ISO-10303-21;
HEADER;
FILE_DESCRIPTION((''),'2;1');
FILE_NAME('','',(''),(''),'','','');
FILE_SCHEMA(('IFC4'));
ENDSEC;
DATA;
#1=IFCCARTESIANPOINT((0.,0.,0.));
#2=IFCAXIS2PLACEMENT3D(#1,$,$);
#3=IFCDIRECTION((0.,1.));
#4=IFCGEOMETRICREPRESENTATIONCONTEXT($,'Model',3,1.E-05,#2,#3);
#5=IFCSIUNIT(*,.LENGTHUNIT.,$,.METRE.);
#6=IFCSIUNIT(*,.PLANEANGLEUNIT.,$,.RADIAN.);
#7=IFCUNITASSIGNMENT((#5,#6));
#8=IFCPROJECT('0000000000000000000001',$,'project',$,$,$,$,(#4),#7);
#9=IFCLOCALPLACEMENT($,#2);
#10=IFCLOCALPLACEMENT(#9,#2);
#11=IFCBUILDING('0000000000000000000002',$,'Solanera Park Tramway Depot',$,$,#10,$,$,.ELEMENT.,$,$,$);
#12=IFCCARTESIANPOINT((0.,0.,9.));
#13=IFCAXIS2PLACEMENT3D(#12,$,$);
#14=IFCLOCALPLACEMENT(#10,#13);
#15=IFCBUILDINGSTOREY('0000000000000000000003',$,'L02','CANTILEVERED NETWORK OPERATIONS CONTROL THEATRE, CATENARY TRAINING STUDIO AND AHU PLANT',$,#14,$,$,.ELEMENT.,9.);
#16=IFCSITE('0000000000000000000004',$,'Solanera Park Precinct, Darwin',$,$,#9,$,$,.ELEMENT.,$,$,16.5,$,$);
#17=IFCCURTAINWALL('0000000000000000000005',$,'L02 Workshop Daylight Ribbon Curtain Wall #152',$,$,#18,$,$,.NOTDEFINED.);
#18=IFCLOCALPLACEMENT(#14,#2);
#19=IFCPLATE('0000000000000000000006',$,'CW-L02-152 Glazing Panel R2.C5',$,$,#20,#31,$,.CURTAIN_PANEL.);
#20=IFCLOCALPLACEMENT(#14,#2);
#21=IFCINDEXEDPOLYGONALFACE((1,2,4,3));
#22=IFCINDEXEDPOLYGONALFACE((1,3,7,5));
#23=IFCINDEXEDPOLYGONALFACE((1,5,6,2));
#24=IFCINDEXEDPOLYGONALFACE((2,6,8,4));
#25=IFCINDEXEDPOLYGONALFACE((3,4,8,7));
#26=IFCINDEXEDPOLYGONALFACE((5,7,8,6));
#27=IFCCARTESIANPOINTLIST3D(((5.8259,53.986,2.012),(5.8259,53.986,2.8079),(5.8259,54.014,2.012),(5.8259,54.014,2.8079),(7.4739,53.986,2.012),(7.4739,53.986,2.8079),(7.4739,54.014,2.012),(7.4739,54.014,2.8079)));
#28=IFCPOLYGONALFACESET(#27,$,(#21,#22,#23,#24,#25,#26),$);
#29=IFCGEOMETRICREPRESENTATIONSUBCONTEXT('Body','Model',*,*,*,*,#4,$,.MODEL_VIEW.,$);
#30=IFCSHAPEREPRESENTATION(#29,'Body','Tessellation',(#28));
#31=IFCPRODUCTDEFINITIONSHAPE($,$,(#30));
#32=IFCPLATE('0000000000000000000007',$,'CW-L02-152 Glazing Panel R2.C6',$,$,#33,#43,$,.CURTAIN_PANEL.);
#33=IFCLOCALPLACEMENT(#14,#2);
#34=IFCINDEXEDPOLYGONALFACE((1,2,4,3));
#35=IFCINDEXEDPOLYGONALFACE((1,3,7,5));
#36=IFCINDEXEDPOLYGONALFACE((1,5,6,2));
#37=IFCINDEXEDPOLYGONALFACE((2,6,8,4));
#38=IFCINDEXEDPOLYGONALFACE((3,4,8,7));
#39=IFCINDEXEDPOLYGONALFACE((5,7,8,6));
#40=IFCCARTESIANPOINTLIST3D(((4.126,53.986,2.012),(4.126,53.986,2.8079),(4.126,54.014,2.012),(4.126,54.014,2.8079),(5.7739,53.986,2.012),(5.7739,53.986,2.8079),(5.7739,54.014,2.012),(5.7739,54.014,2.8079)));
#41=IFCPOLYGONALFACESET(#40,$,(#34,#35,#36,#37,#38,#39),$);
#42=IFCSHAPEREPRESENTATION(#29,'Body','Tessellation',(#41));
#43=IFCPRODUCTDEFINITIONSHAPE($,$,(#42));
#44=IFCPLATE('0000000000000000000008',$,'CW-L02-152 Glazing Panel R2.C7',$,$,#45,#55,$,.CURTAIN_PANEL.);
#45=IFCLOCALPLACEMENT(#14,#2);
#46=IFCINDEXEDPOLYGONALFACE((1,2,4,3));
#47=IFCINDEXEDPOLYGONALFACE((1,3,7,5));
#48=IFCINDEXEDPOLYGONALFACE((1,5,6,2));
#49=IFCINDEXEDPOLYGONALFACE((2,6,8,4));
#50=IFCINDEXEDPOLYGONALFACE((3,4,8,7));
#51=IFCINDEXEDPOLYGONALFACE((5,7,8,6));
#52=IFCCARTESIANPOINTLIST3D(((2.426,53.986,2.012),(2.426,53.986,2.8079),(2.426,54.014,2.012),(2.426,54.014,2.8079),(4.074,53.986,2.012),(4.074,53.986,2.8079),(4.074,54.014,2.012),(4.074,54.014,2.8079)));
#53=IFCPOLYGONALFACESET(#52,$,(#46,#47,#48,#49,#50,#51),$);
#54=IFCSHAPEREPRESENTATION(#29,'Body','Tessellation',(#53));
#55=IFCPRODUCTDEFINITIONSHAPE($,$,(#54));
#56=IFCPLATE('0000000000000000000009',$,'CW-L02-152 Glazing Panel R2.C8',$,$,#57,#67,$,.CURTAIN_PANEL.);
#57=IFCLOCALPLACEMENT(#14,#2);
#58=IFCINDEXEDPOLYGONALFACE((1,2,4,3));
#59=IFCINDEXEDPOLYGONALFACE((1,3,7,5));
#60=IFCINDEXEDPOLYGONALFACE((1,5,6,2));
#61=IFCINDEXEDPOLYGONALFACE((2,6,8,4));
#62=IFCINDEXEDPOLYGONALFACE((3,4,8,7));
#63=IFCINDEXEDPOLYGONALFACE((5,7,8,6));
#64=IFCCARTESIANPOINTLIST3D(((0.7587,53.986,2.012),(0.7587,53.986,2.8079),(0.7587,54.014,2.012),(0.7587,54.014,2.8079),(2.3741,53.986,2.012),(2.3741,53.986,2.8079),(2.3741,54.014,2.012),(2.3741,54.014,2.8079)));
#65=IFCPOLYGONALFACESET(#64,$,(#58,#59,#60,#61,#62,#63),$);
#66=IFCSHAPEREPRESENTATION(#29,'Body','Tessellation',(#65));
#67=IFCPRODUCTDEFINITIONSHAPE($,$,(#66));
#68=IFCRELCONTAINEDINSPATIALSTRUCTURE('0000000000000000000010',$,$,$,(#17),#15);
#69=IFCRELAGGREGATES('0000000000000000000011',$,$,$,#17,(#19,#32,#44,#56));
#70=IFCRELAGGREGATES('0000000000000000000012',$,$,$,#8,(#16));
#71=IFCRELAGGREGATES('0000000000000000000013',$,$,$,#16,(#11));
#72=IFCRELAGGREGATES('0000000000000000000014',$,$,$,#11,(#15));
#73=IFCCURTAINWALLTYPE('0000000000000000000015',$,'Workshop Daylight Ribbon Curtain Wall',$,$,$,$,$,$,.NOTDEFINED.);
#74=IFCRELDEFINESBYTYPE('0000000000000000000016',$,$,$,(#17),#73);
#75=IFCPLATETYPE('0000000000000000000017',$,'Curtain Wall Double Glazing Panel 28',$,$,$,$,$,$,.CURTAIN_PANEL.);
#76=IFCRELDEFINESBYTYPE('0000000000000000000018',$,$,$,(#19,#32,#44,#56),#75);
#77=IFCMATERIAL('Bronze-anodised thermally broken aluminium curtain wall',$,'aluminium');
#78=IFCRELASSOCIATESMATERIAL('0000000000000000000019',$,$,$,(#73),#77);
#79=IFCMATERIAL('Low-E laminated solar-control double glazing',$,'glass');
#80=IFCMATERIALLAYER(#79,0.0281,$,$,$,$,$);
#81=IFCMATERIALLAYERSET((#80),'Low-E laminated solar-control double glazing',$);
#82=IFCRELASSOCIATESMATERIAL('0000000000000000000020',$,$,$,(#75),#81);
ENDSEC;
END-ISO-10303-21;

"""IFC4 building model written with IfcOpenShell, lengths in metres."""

from ifc_helpers import new_model, si_unit, direction, frame, origin, origin_2d, place, context, subcontext, project, spatial, rectangle, extrude, material, layer, layer_set, type_object, element, aggregate, save


model = new_model("IFC4")

# Units and contexts
model_context = context("Model", 3, precision=1e-05, world=origin(), true_north=direction((0.0, 1.0)))
body_context = subcontext(model_context, "Body", "Model", "MODEL_VIEW")
ifc_project = project(units=[si_unit("LENGTHUNIT", "METRE"), si_unit("PLANEANGLEUNIT", "RADIAN")], contexts=[model_context])

# Site, building, storey
site_placement = place(None, origin())
site = spatial("IfcSite", under=ifc_project, at=site_placement, Name="Solanera Park Precinct, Darwin", CompositionType="ELEMENT", RefElevation=16.5)
building_placement = place(site_placement, origin())
building = spatial("IfcBuilding", under=site, at=building_placement, Name="Solanera Park Tramway Depot", CompositionType="ELEMENT")
storey_placement = place(building_placement, frame((0.0, 0.0, 9.0)))
storey = spatial("IfcBuildingStorey", under=building, at=storey_placement, Name="L02", Description="CANTILEVERED NETWORK OPERATIONS CONTROL THEATRE, CATENARY TRAINING STUDIO AND AHU PLANT", CompositionType="ELEMENT", Elevation=9.0)

# Curtain wall
ifc_material_1 = material(Name="Bronze-anodised thermally broken aluminium curtain wall", Category="aluminium")
curtain_wall_type = type_object("IfcCurtainWallType", Name="Workshop Daylight Ribbon Curtain Wall", PredefinedType="NOTDEFINED", material=ifc_material_1)
curtain_wall_placement = place(storey_placement, origin())
curtain_wall = element("IfcCurtainWall", 1, at=curtain_wall_placement, inside=storey, type_object=curtain_wall_type, Name="L02 Workshop Daylight Ribbon Curtain Wall #152", PredefinedType="NOTDEFINED")

# Plates
ifc_material_2 = material(Name="Low-E laminated solar-control double glazing", Category="glass")
ifc_layer = layer(ifc_material_2, 0.0281)
ifc_layer_set = layer_set([ifc_layer], Name="Low-E laminated solar-control double glazing")
plate_type = type_object("IfcPlateType", Name="Curtain Wall Double Glazing Panel 28", PredefinedType="CURTAIN_PANEL", material=ifc_layer_set)
plate_1_placement = place(storey_placement, frame((6.6499, 54.0, 2.012), z_axis=(0.0, 0.0, 1.0), x_axis=(-1.0, 0.0, 0.0)))
plate_1 = element("IfcPlate", 2, at=plate_1_placement, type_object=plate_type, Name="CW-L02-152 Glazing Panel R2.C5", PredefinedType="CURTAIN_PANEL", context=body_context, shape_type="SweptSolid", body=[
    extrude(rectangle(XDim=1.6479, YDim=0.0281, at=origin_2d()), origin(), (0.0, 0.0, 1.0), 0.7959),
])
plate_2_placement = place(storey_placement, frame((4.95, 54.0, 2.012), z_axis=(0.0, 0.0, 1.0), x_axis=(-1.0, 0.0, 0.0)))
plate_2 = element("IfcPlate", 3, at=plate_2_placement, type_object=plate_type, Name="CW-L02-152 Glazing Panel R2.C6", PredefinedType="CURTAIN_PANEL", context=body_context, shape_type="SweptSolid", body=[
    extrude(rectangle(XDim=1.6479, YDim=0.0281, at=origin_2d()), origin(), (0.0, 0.0, 1.0), 0.7959),
])
plate_3_placement = place(storey_placement, frame((3.25, 54.0, 2.012), z_axis=(0.0, 0.0, 1.0), x_axis=(-1.0, 0.0, 0.0)))
plate_3 = element("IfcPlate", 4, at=plate_3_placement, type_object=plate_type, Name="CW-L02-152 Glazing Panel R2.C7", PredefinedType="CURTAIN_PANEL", context=body_context, shape_type="SweptSolid", body=[
    extrude(rectangle(XDim=1.6479, YDim=0.0281, at=origin_2d()), origin(), (0.0, 0.0, 1.0), 0.7959),
])
plate_4_placement = place(storey_placement, frame((1.5664, 54.0, 2.012), z_axis=(0.0, 0.0, 1.0), x_axis=(-1.0, 0.0, 0.0)))
plate_4 = element("IfcPlate", 5, at=plate_4_placement, type_object=plate_type, Name="CW-L02-152 Glazing Panel R2.C8", PredefinedType="CURTAIN_PANEL", context=body_context, shape_type="SweptSolid", body=[
    extrude(rectangle(XDim=1.6155, YDim=0.0281, at=origin_2d()), origin(), (0.0, 0.0, 1.0), 0.7959),
])
aggregate(curtain_wall, [plate_1, plate_2, plate_3, plate_4])

save(model, "model.ifc")
